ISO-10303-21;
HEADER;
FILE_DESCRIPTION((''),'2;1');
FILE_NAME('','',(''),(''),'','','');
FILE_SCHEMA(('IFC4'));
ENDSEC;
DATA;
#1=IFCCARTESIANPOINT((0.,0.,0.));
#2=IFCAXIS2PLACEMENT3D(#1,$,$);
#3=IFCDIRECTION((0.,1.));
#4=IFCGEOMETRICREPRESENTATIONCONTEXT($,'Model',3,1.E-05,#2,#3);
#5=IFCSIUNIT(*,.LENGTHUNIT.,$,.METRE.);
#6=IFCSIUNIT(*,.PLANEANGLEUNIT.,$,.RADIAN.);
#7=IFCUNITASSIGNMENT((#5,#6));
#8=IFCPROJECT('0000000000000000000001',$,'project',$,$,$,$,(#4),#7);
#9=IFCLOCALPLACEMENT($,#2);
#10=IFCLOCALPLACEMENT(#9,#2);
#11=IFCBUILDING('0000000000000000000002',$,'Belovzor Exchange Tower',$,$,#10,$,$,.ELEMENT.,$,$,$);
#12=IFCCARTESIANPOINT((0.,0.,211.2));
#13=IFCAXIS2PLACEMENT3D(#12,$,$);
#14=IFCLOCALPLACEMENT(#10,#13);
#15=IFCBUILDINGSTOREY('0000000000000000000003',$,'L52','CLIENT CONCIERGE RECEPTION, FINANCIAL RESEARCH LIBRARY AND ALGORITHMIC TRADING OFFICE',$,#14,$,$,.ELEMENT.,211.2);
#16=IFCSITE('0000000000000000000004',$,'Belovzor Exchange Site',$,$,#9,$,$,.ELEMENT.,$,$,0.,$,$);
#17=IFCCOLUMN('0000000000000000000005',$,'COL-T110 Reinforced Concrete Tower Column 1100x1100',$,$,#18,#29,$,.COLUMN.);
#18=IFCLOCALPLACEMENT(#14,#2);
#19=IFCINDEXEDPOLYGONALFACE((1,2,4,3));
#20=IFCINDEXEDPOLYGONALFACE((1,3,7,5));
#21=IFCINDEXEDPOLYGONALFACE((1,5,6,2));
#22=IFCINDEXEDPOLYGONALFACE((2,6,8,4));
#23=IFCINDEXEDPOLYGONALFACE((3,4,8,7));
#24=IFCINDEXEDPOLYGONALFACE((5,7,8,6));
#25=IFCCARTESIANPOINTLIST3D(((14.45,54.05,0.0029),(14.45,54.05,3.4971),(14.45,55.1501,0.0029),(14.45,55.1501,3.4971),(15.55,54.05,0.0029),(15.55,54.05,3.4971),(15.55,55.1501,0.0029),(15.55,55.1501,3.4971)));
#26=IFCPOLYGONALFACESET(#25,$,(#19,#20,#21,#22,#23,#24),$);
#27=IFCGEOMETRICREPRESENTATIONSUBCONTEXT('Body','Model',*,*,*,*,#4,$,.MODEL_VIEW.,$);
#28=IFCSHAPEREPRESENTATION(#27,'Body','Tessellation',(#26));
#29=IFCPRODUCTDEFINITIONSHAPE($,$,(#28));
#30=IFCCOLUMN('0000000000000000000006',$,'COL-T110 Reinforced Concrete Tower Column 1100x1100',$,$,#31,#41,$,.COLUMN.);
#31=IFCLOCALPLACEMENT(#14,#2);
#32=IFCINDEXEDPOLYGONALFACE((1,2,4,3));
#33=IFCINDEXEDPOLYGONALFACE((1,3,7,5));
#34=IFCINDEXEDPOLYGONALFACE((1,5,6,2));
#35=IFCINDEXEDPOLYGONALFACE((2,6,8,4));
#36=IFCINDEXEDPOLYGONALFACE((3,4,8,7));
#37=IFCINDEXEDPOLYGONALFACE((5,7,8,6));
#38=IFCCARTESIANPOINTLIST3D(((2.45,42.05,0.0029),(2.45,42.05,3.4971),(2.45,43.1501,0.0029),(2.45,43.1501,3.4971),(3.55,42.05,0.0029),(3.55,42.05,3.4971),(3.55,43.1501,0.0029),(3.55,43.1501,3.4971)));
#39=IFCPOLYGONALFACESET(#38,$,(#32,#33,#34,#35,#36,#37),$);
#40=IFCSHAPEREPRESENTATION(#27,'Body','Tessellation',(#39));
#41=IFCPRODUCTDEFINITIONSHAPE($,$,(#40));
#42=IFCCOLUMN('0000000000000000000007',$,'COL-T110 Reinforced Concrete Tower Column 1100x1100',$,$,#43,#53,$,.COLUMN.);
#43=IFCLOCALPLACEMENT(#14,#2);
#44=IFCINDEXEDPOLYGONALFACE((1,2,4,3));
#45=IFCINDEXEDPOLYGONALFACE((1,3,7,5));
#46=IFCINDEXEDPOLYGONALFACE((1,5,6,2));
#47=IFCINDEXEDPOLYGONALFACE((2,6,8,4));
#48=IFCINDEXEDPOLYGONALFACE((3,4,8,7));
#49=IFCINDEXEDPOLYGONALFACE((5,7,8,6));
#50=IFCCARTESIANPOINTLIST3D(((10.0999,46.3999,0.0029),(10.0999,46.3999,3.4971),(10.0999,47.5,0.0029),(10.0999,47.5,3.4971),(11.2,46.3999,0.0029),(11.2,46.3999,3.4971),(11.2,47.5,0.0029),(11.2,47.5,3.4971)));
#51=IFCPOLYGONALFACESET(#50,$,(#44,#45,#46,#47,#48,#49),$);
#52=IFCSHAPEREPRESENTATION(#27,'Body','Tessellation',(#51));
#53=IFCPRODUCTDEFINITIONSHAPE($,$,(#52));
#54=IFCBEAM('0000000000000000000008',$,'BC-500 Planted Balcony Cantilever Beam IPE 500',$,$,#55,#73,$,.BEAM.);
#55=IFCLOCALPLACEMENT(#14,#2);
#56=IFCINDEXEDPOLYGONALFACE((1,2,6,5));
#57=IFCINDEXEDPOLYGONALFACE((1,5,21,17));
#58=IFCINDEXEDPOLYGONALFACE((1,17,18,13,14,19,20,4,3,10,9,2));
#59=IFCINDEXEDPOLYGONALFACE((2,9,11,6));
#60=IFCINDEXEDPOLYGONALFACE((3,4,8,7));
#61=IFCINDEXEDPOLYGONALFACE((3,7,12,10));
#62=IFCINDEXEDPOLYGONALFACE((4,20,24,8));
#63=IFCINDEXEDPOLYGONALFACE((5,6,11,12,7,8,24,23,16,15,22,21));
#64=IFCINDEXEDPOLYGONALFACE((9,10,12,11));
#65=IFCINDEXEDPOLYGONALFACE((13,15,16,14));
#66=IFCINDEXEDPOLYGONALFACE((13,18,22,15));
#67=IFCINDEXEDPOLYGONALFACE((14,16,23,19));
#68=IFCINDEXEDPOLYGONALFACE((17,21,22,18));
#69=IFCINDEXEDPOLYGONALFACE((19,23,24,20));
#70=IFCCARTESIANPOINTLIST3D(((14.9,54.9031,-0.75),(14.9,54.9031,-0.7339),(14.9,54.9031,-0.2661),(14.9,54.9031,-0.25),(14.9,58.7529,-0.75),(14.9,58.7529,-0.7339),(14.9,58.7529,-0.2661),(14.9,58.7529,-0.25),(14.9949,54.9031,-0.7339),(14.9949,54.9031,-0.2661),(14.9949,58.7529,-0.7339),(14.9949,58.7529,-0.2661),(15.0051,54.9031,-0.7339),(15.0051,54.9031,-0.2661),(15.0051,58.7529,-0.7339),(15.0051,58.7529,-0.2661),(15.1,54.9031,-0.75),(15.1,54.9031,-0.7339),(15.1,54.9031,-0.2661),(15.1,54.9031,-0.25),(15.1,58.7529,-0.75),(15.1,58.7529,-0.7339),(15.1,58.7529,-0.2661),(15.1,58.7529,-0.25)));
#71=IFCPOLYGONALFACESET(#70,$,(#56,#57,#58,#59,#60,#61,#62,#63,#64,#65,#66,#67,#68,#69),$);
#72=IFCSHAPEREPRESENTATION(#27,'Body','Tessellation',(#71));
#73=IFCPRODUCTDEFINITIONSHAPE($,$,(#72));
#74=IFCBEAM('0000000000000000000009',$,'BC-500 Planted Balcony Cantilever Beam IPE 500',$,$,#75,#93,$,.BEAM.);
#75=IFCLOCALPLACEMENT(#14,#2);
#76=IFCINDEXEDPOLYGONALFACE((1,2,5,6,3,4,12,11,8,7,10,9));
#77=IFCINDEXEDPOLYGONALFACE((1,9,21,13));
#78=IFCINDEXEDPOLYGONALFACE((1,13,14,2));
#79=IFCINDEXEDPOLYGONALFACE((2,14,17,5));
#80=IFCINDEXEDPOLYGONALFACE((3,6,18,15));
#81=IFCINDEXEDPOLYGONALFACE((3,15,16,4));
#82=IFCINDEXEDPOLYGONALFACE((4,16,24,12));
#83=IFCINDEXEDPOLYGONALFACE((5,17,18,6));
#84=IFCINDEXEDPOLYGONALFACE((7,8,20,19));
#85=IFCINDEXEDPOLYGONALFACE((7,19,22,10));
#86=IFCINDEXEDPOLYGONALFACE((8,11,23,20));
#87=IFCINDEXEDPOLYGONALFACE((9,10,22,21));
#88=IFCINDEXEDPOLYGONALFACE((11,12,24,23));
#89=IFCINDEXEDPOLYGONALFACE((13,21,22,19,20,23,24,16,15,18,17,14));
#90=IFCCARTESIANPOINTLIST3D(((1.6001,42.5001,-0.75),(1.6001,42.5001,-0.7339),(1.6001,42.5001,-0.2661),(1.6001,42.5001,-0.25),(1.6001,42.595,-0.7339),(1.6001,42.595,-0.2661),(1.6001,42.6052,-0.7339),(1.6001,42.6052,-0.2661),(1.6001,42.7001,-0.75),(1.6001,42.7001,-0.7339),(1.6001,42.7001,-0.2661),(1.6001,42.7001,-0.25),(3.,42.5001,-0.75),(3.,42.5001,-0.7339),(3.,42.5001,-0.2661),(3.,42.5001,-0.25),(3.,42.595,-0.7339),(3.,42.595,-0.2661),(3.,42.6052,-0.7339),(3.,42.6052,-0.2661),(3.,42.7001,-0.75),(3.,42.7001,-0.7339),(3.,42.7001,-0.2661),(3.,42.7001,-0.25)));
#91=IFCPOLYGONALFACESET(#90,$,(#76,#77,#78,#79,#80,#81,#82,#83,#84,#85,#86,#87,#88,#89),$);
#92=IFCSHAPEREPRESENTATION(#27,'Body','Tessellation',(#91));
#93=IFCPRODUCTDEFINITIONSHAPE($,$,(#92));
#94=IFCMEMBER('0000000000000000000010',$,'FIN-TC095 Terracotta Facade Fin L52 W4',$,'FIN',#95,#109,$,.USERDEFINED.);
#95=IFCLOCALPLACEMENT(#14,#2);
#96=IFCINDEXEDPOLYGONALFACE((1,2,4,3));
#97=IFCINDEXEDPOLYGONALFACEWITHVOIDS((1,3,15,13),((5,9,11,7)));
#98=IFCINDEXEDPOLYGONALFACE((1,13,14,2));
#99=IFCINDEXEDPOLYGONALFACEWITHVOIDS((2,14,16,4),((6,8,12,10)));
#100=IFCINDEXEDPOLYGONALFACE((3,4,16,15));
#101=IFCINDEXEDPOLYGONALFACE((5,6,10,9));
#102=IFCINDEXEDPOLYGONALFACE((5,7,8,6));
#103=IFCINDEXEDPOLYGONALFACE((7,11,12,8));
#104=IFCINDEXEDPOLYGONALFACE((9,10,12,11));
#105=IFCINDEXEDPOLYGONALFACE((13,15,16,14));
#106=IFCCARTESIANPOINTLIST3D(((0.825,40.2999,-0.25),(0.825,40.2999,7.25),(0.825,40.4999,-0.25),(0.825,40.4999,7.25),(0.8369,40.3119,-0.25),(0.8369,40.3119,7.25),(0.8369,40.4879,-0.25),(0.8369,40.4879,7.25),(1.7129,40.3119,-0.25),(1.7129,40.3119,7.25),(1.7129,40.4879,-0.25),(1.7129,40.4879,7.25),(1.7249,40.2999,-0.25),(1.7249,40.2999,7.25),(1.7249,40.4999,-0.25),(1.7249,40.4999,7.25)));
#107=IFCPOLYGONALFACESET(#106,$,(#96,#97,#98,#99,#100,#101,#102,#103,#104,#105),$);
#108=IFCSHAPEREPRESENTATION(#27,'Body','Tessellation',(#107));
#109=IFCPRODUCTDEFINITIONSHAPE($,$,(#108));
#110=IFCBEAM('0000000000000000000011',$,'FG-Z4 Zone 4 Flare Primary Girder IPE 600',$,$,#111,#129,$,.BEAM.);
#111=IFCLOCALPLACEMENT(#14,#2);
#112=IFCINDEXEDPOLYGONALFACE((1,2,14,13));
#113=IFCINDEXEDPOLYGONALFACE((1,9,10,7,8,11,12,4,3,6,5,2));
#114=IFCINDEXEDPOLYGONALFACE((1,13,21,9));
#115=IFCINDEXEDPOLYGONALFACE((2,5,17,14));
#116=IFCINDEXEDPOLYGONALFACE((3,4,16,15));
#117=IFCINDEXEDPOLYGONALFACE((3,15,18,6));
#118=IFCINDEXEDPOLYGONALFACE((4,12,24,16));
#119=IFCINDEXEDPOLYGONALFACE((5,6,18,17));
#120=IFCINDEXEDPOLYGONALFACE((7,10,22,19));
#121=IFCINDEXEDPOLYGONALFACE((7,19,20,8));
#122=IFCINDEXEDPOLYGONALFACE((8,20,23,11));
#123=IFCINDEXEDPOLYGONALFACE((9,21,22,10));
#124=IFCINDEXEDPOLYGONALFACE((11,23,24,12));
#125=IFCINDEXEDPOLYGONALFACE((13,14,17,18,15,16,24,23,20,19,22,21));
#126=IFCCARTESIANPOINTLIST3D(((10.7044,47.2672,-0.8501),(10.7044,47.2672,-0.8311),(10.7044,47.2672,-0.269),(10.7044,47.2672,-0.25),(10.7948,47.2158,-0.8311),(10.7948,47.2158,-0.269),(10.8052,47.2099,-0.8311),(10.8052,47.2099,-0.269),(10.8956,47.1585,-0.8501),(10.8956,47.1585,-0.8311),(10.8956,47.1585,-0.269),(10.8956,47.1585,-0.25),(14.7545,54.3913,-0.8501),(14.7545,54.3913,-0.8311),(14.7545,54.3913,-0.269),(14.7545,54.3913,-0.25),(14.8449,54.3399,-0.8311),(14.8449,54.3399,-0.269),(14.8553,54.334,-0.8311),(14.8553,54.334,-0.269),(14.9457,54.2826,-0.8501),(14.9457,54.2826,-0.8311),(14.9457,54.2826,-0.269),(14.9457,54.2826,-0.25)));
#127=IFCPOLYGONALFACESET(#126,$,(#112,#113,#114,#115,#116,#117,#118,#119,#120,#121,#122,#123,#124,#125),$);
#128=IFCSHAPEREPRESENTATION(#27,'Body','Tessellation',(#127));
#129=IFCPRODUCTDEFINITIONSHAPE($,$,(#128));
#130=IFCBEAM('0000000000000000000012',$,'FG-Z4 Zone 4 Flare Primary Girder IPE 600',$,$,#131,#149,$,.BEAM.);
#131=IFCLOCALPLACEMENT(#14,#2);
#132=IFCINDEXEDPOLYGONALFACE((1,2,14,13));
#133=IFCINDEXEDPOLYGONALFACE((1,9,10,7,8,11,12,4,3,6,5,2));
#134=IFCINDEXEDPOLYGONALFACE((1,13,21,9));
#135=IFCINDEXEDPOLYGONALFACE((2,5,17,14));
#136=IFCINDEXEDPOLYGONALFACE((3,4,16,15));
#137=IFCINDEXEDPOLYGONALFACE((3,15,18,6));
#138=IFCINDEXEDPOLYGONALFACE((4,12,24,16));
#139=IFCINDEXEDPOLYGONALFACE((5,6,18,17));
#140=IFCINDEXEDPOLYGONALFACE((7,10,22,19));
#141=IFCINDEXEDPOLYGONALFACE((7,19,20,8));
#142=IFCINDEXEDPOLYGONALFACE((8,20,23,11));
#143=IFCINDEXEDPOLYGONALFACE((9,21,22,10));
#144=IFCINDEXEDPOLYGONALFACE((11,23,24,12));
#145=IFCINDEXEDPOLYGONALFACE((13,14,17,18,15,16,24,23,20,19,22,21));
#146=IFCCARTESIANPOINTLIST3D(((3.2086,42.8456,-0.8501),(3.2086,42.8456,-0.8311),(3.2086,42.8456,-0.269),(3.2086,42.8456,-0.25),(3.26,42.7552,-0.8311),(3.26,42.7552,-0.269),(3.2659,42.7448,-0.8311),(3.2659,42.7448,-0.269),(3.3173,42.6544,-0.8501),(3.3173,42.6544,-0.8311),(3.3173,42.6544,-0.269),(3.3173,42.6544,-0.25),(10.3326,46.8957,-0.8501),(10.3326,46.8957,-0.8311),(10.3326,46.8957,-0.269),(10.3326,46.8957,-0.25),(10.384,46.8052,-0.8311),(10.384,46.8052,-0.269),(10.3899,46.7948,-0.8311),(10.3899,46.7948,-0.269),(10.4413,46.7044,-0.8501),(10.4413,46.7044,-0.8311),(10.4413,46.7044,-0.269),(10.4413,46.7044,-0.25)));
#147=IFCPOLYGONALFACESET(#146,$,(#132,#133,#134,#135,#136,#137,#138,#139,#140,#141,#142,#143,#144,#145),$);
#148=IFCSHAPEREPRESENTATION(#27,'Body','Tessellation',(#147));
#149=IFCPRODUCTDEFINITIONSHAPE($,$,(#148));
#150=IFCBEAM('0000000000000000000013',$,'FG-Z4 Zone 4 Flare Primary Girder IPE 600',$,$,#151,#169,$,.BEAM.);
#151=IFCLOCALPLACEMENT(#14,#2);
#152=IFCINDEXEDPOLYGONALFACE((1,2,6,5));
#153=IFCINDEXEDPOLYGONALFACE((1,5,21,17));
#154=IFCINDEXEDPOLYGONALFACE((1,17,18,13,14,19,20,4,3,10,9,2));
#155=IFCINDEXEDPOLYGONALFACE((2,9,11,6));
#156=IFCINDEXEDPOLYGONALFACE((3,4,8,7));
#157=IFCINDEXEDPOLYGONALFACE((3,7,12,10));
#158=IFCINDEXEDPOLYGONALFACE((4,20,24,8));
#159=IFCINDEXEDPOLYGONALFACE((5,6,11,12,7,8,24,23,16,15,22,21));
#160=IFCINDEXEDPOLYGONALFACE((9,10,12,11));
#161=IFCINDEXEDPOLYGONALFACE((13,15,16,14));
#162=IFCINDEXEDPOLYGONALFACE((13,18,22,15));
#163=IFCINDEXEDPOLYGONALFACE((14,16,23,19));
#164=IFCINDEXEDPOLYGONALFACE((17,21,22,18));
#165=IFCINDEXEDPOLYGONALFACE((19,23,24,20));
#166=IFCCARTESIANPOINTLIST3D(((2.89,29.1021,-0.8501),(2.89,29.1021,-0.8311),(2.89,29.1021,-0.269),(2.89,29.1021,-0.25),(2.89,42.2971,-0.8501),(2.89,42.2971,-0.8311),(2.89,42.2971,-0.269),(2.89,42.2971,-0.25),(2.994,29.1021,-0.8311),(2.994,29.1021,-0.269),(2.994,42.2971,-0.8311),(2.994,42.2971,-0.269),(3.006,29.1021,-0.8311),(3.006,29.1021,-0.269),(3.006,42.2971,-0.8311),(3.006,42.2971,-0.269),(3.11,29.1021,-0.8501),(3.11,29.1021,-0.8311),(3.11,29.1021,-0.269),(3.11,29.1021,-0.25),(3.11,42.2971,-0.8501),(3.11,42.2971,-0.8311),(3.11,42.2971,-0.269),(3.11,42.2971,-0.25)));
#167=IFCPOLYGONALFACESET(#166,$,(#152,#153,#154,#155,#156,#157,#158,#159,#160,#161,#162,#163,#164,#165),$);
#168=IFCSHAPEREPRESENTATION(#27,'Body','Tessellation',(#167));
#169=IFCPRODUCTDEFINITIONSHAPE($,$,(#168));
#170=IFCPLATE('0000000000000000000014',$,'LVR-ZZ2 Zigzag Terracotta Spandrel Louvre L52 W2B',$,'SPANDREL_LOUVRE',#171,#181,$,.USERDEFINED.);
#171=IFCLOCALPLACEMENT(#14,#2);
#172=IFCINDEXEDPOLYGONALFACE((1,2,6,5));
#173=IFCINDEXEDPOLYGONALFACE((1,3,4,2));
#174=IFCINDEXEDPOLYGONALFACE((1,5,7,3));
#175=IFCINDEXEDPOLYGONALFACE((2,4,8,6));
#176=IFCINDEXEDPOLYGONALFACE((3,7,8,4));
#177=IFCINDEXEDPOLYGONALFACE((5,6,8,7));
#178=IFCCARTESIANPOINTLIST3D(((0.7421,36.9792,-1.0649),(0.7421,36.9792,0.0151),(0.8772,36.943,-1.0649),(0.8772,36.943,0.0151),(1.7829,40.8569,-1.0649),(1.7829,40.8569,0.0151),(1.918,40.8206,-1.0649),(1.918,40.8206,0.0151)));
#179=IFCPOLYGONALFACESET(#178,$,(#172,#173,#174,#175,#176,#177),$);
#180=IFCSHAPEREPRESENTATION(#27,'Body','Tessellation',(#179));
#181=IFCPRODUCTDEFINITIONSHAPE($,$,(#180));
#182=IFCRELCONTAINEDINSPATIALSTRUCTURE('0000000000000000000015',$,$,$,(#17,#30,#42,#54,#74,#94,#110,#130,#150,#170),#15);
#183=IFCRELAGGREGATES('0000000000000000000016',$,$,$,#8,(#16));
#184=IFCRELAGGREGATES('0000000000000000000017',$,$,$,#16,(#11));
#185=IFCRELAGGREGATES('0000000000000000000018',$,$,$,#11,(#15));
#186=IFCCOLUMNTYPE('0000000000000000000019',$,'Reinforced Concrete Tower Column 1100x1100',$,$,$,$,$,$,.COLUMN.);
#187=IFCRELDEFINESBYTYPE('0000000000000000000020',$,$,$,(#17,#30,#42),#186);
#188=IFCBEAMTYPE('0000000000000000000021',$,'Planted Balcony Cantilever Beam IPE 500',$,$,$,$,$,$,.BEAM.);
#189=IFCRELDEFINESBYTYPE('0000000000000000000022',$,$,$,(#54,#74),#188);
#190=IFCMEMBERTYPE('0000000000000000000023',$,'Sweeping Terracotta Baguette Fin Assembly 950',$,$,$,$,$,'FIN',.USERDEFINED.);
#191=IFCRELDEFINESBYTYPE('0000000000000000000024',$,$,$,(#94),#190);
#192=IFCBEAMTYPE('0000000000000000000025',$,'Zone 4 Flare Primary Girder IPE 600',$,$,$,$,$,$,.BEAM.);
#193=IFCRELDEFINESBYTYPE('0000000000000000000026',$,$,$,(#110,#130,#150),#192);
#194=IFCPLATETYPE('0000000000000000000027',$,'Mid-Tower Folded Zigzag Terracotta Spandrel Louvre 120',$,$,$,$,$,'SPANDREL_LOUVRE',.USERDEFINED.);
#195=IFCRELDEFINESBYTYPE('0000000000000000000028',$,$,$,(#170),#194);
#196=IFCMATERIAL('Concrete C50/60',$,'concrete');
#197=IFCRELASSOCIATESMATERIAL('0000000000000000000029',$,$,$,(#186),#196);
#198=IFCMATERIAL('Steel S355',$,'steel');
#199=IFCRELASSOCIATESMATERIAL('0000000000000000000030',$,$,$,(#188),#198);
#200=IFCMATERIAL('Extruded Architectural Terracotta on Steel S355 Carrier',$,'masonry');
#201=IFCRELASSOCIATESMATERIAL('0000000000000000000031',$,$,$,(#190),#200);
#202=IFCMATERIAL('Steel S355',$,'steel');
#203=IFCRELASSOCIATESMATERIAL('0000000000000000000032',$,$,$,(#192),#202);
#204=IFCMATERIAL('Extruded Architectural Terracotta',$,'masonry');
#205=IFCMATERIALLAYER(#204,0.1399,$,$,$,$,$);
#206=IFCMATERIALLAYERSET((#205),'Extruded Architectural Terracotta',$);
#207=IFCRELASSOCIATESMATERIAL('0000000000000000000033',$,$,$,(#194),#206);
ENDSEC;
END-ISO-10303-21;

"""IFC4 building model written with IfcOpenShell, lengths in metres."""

from ifc_helpers import new_model, si_unit, direction, frame, origin, origin_2d, place, context, subcontext, project, spatial, rectangle, hollow_rectangle, i_section, extrude, material, layer, layer_set, material_profile, profile_set, type_object, element, save


model = new_model("IFC4")

# Units and contexts
model_context = context("Model", 3, precision=1e-05, world=origin(), true_north=direction((0.0, 1.0)))
body_context = subcontext(model_context, "Body", "Model", "MODEL_VIEW")
ifc_project = project(units=[si_unit("LENGTHUNIT", "METRE"), si_unit("PLANEANGLEUNIT", "RADIAN")], contexts=[model_context])

# Site, building, storey
site_placement = place(None, origin())
site = spatial("IfcSite", under=ifc_project, at=site_placement, Name="Belovzor Exchange Site", CompositionType="ELEMENT", RefElevation=0.0)
building_placement = place(site_placement, origin())
building = spatial("IfcBuilding", under=site, at=building_placement, Name="Belovzor Exchange Tower", CompositionType="ELEMENT")
storey_placement = place(building_placement, frame((0.0, 0.0, 211.2)))
storey = spatial("IfcBuildingStorey", under=building, at=storey_placement, Name="L52", Description="CLIENT CONCIERGE RECEPTION, FINANCIAL RESEARCH LIBRARY AND ALGORITHMIC TRADING OFFICE", CompositionType="ELEMENT", Elevation=211.2)

# Columns
ifc_material_1 = material(Name="Concrete C50/60", Category="concrete")
ifc_material_profile_1 = material_profile(ifc_material_1, rectangle(XDim=1.1001, YDim=1.1001, at=origin_2d()))
ifc_profile_set_1 = profile_set([ifc_material_profile_1], Name="Concrete C50/60")
column_type = type_object("IfcColumnType", Name="Reinforced Concrete Tower Column 1100x1100", PredefinedType="COLUMN", material=ifc_profile_set_1)
for number, where, z_axis, x_axis, name in (
    (1, (15.0, 54.6001, 0.0029), (0.0, 0.0, 1.0), (1.0, 0.0, 0.0), "COL-T110 Reinforced Concrete Tower Column 1100x1100"),
    (2, (3.0, 42.6001, 0.0029), (0.0, 0.0, 1.0), (1.0, 0.0, 0.0), "COL-T110 Reinforced Concrete Tower Column 1100x1100"),
    (3, (10.6499, 46.95, 0.0029), (0.0, 0.0, 1.0), (1.0, 0.0, 0.0), "COL-T110 Reinforced Concrete Tower Column 1100x1100"),
):
    element("IfcColumn", number, at=place(storey_placement, frame(where, z_axis=z_axis, x_axis=x_axis)), inside=storey, type_object=column_type, Name=name, PredefinedType="COLUMN", context=body_context, shape_type="SweptSolid", body=[
        extrude(rectangle(XDim=1.1001, YDim=1.1001, at=origin_2d()), origin(), (0.0, 0.0, 1.0), 3.4941),
    ])

# Beams
ifc_material_2 = material(Name="Steel S355", Category="steel")
ifc_material_profile_2 = material_profile(ifc_material_2, i_section(OverallWidth=0.2, OverallDepth=0.5, WebThickness=0.0103, FlangeThickness=0.0161, at=origin_2d()))
ifc_profile_set_2 = profile_set([ifc_material_profile_2], Name="Steel S355")
beam_type_1 = type_object("IfcBeamType", Name="Planted Balcony Cantilever Beam IPE 500", PredefinedType="BEAM", material=ifc_profile_set_2)
beam_1_placement = place(storey_placement, frame((15.0, 54.9031, -0.5), z_axis=(0.0, 1.0, 0.0), x_axis=(-1.0, 0.0, 0.0)))
element("IfcBeam", 4, at=beam_1_placement, inside=storey, type_object=beam_type_1, Name="BC-500 Planted Balcony Cantilever Beam IPE 500", PredefinedType="BEAM", context=body_context, shape_type="SweptSolid", body=[
    extrude(i_section(OverallWidth=0.2, OverallDepth=0.5, WebThickness=0.0103, FlangeThickness=0.0161, at=origin_2d()), origin(), (0.0, 0.0, 1.0), 3.8499),
])
beam_2_placement = place(storey_placement, frame((3.0, 42.6001, -0.5), z_axis=(-1.0, 0.0, 0.0), x_axis=(0.0, -1.0, 0.0)))
element("IfcBeam", 5, at=beam_2_placement, inside=storey, type_object=beam_type_1, Name="BC-500 Planted Balcony Cantilever Beam IPE 500", PredefinedType="BEAM", context=body_context, shape_type="SweptSolid", body=[
    extrude(i_section(OverallWidth=0.2, OverallDepth=0.5, WebThickness=0.0103, FlangeThickness=0.0161, at=origin_2d()), origin(), (0.0, 0.0, 1.0), 1.3999),
])

# Member
ifc_material_3 = material(Name="Extruded Architectural Terracotta on Steel S355 Carrier", Category="masonry")
ifc_material_profile_3 = material_profile(ifc_material_3, hollow_rectangle(XDim=0.2, YDim=0.8999, WallThickness=0.012, at=origin_2d()))
ifc_profile_set_3 = profile_set([ifc_material_profile_3], Name="Extruded Architectural Terracotta on Steel S355 Carrier")
member_type = type_object("IfcMemberType", Name="Sweeping Terracotta Baguette Fin Assembly 950", ElementType="FIN", PredefinedType="USERDEFINED", material=ifc_profile_set_3)
member_placement = place(storey_placement, frame((1.2749, 40.3999, -0.25), z_axis=(0.0, 0.0, 1.0), x_axis=(0.0, 1.0, 0.0)))
element("IfcMember", 6, at=member_placement, inside=storey, type_object=member_type, Name="FIN-TC095 Terracotta Facade Fin L52 W4", ObjectType="FIN", PredefinedType="USERDEFINED", context=body_context, shape_type="SweptSolid", body=[
    extrude(hollow_rectangle(XDim=0.2, YDim=0.8999, WallThickness=0.012, at=origin_2d()), origin(), (0.0, 0.0, 1.0), 7.5),
])

# Beams
ifc_material_4 = material(Name="Steel S355", Category="steel")
ifc_material_profile_4 = material_profile(ifc_material_4, i_section(OverallWidth=0.22, OverallDepth=0.6001, WebThickness=0.012, FlangeThickness=0.019, at=origin_2d()))
ifc_profile_set_4 = profile_set([ifc_material_profile_4], Name="Steel S355")
beam_type_2 = type_object("IfcBeamType", Name="Zone 4 Flare Primary Girder IPE 600", PredefinedType="BEAM", material=ifc_profile_set_4)
for number, where, z_axis, x_axis, name in (
    (7, (14.8501, 54.3369, -0.55), (-0.494222, -0.869336, 0.0), (0.869336, -0.494222, 0.0), "FG-Z4 Zone 4 Flare Primary Girder IPE 600"),
    (8, (10.387, 46.8, -0.55), (-0.869336, -0.494222, 0.0), (0.494222, -0.869336, 0.0), "FG-Z4 Zone 4 Flare Primary Girder IPE 600"),
):
    element("IfcBeam", number, at=place(storey_placement, frame(where, z_axis=z_axis, x_axis=x_axis)), inside=storey, type_object=beam_type_2, Name=name, PredefinedType="BEAM", context=body_context, shape_type="SweptSolid", body=[
        extrude(i_section(OverallWidth=0.22, OverallDepth=0.6001, WebThickness=0.012, FlangeThickness=0.019, at=origin_2d()), origin(), (0.0, 0.0, 1.0), 8.1948),
    ])
beam_3_placement = place(storey_placement, frame((3.0, 42.2971, -0.55), z_axis=(0.0, -1.0, 0.0), x_axis=(1.0, 0.0, 0.0)))
element("IfcBeam", 9, at=beam_3_placement, inside=storey, type_object=beam_type_2, Name="FG-Z4 Zone 4 Flare Primary Girder IPE 600", PredefinedType="BEAM", context=body_context, shape_type="SweptSolid", body=[
    extrude(i_section(OverallWidth=0.22, OverallDepth=0.6001, WebThickness=0.012, FlangeThickness=0.019, at=origin_2d()), origin(), (0.0, 0.0, 1.0), 13.1951),
])

# Plate
ifc_material_5 = material(Name="Extruded Architectural Terracotta", Category="masonry")
ifc_layer_1 = layer(ifc_material_5, 0.1399)
ifc_layer_set_1 = layer_set([ifc_layer_1], Name="Extruded Architectural Terracotta")
plate_type = type_object("IfcPlateType", Name="Mid-Tower Folded Zigzag Terracotta Spandrel Louvre 120", ElementType="SPANDREL_LOUVRE", PredefinedType="USERDEFINED", material=ifc_layer_set_1)
plate_placement = place(storey_placement, frame((1.3301, 38.8999, -1.0649), z_axis=(0.0, 0.0, 1.0), x_axis=(0.25924, 0.965813, 0.0)))
element("IfcPlate", 10, at=plate_placement, inside=storey, type_object=plate_type, Name="LVR-ZZ2 Zigzag Terracotta Spandrel Louvre L52 W2B", ObjectType="SPANDREL_LOUVRE", PredefinedType="USERDEFINED", context=body_context, shape_type="SweptSolid", body=[
    extrude(rectangle(XDim=4.0149, YDim=0.1399, at=origin_2d()), origin(), (0.0, 0.0, 1.0), 1.0801),
])

save(model, "model.ifc")
